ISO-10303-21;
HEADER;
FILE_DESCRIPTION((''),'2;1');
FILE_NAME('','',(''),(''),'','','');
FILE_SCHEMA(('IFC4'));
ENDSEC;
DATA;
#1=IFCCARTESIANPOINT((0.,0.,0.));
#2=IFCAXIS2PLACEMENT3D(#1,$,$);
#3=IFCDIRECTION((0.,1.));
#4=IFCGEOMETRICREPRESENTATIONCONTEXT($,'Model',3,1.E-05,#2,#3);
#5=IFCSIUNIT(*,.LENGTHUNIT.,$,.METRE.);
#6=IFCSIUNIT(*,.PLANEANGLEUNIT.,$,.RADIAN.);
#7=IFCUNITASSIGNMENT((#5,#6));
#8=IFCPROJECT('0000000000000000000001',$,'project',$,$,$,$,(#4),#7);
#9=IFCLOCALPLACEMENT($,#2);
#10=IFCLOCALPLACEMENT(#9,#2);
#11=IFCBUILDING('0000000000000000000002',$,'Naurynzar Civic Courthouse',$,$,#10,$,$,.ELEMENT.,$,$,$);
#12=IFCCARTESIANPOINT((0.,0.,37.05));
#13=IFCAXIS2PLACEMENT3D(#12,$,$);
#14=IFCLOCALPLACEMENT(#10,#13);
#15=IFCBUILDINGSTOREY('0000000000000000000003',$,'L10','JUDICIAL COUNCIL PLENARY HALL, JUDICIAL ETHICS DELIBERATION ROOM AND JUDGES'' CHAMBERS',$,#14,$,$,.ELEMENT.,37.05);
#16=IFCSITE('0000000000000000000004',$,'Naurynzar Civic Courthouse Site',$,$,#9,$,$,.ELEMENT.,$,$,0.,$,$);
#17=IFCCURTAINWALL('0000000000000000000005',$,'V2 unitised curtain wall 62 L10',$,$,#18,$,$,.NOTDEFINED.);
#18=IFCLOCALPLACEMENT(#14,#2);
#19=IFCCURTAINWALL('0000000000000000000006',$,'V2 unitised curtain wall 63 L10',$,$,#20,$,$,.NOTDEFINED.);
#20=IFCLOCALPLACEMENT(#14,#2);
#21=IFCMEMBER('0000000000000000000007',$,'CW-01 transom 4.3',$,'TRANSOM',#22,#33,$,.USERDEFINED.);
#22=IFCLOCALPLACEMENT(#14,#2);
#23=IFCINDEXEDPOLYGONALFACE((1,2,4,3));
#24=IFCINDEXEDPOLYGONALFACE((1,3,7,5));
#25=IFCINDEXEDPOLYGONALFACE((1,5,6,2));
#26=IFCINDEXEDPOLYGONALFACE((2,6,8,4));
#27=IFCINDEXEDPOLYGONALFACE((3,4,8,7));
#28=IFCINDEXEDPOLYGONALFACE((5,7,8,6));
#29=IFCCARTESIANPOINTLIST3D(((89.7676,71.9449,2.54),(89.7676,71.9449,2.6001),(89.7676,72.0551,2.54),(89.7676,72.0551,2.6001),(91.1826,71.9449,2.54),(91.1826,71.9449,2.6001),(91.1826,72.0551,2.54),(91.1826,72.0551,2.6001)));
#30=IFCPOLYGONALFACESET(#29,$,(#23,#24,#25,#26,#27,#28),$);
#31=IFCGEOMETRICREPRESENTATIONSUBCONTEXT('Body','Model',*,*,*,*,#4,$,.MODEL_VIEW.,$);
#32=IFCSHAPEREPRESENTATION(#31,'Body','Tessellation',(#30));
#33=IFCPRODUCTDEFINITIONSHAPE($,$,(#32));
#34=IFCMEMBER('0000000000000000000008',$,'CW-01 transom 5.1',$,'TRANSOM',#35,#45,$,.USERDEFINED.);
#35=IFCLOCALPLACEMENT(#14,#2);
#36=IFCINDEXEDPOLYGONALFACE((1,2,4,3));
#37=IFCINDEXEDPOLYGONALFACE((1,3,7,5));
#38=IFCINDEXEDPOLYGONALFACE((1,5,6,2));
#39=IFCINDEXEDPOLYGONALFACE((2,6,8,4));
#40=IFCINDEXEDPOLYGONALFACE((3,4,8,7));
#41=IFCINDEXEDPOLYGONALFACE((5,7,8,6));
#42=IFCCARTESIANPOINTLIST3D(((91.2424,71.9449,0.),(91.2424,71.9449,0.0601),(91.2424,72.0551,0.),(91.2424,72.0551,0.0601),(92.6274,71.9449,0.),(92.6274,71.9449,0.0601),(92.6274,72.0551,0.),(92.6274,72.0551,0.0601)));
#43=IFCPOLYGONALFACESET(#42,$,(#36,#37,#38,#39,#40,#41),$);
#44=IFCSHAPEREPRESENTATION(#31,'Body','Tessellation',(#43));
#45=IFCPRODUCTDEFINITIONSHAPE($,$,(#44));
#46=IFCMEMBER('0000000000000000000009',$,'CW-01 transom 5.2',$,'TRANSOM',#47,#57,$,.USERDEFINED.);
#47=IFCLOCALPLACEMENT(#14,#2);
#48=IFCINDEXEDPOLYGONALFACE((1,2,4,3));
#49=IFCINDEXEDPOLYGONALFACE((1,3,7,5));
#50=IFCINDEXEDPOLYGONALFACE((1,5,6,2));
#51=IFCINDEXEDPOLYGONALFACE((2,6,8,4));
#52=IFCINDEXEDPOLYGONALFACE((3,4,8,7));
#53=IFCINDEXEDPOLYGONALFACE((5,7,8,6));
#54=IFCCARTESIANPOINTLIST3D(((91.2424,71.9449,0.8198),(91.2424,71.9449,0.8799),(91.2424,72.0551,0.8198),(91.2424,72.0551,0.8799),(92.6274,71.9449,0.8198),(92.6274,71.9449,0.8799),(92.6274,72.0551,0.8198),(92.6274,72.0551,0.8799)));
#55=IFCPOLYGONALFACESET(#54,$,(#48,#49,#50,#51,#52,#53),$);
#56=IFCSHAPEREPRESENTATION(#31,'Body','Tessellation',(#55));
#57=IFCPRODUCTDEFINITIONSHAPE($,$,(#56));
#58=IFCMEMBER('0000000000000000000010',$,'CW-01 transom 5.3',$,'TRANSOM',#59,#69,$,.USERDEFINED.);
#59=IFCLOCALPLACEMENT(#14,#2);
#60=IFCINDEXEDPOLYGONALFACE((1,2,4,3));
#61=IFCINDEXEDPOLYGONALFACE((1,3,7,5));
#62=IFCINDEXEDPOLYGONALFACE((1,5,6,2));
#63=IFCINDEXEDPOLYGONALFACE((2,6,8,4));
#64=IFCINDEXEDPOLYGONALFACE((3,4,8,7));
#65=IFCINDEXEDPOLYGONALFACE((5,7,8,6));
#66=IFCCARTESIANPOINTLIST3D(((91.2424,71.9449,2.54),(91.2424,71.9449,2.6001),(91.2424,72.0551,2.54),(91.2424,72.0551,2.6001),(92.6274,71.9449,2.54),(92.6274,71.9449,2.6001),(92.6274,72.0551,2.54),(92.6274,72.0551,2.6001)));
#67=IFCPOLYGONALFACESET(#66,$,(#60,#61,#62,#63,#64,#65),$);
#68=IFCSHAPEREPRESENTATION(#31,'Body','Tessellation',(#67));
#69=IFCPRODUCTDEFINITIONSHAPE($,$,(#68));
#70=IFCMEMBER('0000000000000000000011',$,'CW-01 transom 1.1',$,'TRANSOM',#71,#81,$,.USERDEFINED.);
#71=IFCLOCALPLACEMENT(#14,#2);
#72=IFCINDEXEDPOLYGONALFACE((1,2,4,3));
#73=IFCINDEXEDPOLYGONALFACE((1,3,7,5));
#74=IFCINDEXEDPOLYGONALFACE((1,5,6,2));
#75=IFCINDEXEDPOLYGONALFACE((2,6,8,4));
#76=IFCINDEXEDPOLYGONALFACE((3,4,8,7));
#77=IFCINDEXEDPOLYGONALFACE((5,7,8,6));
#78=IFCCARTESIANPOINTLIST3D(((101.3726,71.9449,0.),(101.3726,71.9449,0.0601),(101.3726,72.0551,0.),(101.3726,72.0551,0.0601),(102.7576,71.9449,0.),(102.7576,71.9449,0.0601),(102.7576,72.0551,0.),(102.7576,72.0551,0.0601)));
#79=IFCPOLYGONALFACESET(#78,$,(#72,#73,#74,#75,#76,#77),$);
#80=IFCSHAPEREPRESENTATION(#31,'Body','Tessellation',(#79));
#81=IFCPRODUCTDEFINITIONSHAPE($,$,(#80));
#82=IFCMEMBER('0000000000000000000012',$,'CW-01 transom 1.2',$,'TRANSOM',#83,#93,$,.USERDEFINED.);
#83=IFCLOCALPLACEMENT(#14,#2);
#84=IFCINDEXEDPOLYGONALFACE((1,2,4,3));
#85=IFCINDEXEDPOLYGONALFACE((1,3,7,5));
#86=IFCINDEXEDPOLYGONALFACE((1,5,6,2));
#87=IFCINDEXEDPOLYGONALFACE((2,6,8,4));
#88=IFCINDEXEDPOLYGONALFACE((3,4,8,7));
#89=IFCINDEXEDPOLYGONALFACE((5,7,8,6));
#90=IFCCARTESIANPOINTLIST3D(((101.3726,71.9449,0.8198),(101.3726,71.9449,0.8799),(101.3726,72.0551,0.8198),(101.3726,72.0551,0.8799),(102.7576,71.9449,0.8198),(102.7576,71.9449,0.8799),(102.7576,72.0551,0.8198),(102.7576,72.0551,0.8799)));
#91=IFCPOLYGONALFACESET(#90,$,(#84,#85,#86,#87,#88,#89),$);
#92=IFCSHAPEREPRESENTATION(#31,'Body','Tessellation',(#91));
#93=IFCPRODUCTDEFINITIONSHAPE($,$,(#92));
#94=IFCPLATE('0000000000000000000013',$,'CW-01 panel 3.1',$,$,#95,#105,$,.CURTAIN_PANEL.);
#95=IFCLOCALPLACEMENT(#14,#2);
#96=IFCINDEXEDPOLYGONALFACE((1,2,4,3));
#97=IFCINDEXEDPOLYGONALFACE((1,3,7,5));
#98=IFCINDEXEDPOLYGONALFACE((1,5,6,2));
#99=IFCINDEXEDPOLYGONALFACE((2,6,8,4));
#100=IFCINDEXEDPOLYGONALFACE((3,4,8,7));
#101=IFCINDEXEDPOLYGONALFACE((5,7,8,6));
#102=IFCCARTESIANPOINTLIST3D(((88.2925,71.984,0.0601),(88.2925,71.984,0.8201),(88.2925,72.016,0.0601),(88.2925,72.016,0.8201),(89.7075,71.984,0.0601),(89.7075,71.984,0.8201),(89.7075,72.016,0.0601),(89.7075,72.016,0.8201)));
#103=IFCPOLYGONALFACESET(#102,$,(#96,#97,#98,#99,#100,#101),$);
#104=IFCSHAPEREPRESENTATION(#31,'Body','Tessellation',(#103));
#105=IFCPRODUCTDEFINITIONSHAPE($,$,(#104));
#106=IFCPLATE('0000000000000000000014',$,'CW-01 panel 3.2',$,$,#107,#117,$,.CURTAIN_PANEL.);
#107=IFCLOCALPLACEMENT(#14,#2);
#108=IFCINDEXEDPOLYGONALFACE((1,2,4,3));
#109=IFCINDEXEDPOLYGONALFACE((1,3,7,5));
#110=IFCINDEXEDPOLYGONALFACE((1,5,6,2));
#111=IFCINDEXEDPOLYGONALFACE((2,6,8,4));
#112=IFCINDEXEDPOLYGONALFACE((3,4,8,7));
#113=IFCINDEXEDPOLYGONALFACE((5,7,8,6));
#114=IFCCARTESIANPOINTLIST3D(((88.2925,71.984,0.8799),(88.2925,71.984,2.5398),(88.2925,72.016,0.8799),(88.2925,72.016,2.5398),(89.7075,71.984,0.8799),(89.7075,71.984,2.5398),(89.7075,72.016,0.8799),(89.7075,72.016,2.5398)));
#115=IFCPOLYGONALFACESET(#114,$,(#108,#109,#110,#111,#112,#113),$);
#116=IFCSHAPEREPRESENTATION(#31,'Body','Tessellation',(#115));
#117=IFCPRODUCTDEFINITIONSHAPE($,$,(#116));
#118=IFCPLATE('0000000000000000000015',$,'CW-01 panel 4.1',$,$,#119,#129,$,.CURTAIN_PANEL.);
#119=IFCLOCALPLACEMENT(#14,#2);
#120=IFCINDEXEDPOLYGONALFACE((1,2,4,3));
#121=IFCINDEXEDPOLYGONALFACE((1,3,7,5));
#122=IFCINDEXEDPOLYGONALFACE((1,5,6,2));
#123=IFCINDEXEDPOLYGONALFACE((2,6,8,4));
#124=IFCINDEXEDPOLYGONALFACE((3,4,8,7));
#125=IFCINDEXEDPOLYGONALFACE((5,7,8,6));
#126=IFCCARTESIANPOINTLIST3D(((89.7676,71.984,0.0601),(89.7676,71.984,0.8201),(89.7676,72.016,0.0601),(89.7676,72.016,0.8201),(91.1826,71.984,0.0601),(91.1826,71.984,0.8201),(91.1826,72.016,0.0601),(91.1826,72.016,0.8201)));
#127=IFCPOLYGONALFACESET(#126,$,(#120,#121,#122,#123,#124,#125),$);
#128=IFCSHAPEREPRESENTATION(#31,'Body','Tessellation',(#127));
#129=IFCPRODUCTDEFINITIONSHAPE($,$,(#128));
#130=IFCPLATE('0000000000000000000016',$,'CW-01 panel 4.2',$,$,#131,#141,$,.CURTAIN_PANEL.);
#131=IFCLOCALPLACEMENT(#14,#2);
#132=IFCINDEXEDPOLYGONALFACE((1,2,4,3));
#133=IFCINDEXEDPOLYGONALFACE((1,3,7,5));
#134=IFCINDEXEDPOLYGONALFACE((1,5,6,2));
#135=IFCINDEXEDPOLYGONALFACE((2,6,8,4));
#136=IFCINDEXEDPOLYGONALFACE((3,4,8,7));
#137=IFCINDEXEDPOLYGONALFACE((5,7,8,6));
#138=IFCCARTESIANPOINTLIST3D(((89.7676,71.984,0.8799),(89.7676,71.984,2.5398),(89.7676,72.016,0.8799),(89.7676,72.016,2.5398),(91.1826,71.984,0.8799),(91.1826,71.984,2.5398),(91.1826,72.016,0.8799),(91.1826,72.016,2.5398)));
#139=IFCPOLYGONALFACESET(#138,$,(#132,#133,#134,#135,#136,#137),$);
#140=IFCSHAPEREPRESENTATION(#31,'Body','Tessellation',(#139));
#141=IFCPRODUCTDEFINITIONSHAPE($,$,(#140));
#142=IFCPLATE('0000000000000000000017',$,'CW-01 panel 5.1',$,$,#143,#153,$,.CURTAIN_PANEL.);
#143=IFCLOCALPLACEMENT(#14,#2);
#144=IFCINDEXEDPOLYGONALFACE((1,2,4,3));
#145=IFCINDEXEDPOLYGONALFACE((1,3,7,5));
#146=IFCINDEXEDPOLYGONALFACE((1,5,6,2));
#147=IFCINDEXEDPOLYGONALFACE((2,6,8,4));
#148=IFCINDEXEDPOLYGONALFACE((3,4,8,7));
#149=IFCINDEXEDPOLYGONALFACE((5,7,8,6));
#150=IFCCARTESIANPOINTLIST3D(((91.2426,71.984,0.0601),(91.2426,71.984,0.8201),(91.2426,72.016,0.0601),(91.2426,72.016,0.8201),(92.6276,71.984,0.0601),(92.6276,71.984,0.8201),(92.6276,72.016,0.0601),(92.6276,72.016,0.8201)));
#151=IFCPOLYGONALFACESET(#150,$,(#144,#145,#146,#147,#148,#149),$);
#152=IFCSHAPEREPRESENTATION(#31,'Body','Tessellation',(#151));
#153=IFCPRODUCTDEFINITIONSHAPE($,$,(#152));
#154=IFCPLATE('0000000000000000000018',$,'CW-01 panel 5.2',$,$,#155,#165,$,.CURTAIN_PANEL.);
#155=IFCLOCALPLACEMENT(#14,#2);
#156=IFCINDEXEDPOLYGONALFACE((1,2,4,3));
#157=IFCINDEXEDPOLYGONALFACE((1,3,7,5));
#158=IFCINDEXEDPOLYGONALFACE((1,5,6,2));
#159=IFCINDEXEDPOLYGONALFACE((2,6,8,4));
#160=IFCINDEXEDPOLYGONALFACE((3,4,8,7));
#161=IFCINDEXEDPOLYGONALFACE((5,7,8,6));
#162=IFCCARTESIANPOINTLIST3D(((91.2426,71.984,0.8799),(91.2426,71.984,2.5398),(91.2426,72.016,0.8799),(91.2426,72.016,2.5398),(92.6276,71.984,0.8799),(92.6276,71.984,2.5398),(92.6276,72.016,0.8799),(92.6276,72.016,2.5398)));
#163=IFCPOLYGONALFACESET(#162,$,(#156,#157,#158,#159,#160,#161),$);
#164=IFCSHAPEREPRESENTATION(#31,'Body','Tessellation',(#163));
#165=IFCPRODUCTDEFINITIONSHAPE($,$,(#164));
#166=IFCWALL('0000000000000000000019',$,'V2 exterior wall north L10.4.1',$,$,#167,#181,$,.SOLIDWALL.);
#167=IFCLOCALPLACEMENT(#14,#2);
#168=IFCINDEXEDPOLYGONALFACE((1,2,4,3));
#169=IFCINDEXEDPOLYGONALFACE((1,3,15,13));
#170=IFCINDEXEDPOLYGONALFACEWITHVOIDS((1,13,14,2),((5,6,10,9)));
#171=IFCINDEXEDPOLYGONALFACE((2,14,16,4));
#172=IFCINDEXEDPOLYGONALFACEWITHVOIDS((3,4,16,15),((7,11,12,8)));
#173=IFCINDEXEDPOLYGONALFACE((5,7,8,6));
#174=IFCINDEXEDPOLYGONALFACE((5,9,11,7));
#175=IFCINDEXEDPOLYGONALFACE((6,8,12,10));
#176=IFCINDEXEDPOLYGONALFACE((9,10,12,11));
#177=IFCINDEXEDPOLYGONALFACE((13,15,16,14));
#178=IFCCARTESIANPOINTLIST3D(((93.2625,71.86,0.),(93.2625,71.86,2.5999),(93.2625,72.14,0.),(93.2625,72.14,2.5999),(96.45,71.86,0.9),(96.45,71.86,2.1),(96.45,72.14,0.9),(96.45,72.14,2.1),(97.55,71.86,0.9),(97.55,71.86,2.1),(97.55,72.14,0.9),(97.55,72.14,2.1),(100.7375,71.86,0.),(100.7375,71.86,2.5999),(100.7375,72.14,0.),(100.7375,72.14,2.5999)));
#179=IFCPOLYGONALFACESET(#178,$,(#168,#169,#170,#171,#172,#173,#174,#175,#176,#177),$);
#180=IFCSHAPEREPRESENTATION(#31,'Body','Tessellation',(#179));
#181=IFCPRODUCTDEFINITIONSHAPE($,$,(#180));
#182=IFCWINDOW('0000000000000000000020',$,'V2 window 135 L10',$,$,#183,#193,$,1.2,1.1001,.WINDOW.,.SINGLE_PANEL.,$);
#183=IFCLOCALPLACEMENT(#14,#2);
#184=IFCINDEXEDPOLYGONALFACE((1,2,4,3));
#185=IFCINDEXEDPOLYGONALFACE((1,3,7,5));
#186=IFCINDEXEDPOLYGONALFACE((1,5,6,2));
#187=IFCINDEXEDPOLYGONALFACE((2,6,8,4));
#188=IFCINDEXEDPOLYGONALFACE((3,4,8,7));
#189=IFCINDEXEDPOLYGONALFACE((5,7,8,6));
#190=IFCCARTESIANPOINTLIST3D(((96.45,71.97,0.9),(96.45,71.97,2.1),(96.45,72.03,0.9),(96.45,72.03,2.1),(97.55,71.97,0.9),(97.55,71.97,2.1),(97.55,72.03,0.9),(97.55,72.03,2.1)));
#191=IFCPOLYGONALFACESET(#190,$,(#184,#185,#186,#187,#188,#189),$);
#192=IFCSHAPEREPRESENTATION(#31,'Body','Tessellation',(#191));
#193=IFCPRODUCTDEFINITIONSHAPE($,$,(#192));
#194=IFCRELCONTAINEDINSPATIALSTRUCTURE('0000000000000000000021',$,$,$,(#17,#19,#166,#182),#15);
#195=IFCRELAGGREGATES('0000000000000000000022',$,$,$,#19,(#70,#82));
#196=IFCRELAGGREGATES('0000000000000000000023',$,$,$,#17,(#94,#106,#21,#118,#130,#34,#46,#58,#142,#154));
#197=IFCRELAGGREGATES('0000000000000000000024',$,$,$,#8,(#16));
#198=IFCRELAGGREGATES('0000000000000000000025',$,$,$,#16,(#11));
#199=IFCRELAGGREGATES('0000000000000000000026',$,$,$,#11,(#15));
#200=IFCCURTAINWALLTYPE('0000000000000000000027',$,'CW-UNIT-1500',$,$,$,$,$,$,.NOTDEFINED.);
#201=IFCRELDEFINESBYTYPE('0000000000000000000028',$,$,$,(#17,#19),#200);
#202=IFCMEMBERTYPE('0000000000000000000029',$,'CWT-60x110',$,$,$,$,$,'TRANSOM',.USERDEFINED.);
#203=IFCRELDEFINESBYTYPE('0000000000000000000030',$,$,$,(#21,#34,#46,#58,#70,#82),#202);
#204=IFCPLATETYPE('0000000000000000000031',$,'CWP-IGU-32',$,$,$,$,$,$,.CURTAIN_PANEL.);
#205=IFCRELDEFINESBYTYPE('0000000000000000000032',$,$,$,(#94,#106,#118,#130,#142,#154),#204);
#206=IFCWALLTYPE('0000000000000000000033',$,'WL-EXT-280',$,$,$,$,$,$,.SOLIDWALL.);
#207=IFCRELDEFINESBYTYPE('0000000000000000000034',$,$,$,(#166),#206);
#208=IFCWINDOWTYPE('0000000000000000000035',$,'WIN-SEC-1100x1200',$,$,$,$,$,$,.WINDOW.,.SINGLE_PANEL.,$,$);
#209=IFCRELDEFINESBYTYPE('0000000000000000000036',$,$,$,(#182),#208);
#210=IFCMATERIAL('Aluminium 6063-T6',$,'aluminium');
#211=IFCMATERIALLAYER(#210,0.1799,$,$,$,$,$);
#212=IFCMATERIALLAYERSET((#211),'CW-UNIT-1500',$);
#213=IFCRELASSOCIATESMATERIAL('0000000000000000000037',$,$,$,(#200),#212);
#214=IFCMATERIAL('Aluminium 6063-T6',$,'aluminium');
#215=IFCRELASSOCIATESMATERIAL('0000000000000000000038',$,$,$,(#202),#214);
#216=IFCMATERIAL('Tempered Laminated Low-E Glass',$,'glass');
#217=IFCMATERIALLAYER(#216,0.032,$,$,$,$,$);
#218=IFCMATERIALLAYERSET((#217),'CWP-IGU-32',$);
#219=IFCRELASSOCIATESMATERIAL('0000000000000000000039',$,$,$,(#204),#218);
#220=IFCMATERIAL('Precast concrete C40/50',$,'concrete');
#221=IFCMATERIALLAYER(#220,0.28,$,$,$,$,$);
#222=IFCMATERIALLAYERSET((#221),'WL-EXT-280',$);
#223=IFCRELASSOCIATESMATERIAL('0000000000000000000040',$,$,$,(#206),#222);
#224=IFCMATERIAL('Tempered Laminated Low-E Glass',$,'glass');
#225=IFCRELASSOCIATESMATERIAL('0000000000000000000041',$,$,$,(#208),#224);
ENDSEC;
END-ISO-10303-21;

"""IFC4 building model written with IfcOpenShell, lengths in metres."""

from ifc_helpers import new_model, si_unit, direction, frame, frame_2d, origin, origin_2d, place, context, subcontext, project, spatial, rectangle, extrude, material, layer, layer_set, material_profile, profile_set, type_object, element, fill, aggregate, save


model = new_model("IFC4")

# Units and contexts
model_context = context("Model", 3, precision=1e-05, world=origin(), true_north=direction((0.0, 1.0)))
body_context = subcontext(model_context, "Body", "Model", "MODEL_VIEW")
ifc_project = project(units=[si_unit("LENGTHUNIT", "METRE"), si_unit("PLANEANGLEUNIT", "RADIAN")], contexts=[model_context])

# Site, building, storey
site_placement = place(None, origin())
site = spatial("IfcSite", under=ifc_project, at=site_placement, Name="Naurynzar Civic Courthouse Site", CompositionType="ELEMENT", RefElevation=0.0)
building_placement = place(site_placement, origin())
building = spatial("IfcBuilding", under=site, at=building_placement, Name="Naurynzar Civic Courthouse", CompositionType="ELEMENT")
storey_placement = place(building_placement, frame((0.0, 0.0, 37.05)))
storey = spatial("IfcBuildingStorey", under=building, at=storey_placement, Name="L10", Description="JUDICIAL COUNCIL PLENARY HALL, JUDICIAL ETHICS DELIBERATION ROOM AND JUDGES' CHAMBERS", CompositionType="ELEMENT", Elevation=37.05)

# Curtain wall
ifc_material_1 = material(Name="Aluminium 6063-T6", Category="aluminium")
ifc_layer_1 = layer(ifc_material_1, 0.1799)
ifc_layer_set_1 = layer_set([ifc_layer_1], Name="CW-UNIT-1500")
curtain_wall_type = type_object("IfcCurtainWallType", Name="CW-UNIT-1500", PredefinedType="NOTDEFINED", material=ifc_layer_set_1)
curtain_wall_1_placement = place(storey_placement, origin())
curtain_wall_1 = element("IfcCurtainWall", 1, at=curtain_wall_1_placement, inside=storey, type_object=curtain_wall_type, Name="V2 unitised curtain wall 62 L10", PredefinedType="NOTDEFINED")

# Curtain wall
curtain_wall_2_placement = place(storey_placement, origin())
curtain_wall_2 = element("IfcCurtainWall", 2, at=curtain_wall_2_placement, inside=storey, type_object=curtain_wall_type, Name="V2 unitised curtain wall 63 L10", PredefinedType="NOTDEFINED")

# Members
ifc_material_2 = material(Name="Aluminium 6063-T6", Category="aluminium")
ifc_material_profile_1 = material_profile(ifc_material_2, rectangle(XDim=0.1101, YDim=0.0601, at=origin_2d()), Name="ALU TRANSOM 60x110")
ifc_profile_set_1 = profile_set([ifc_material_profile_1], Name="Aluminium 6063-T6")
member_type_1 = type_object("IfcMemberType", Name="CWT-60x110", ElementType="TRANSOM", PredefinedType="USERDEFINED", material=ifc_profile_set_1)
member_1_placement = place(storey_placement, frame((89.7676, 72.0, 2.5701), z_axis=(1.0, 0.0, 0.0), x_axis=(0.0, 1.0, 0.0)))
member_1 = element("IfcMember", 3, at=member_1_placement, type_object=member_type_1, Name="CW-01 transom 4.3", ObjectType="TRANSOM", PredefinedType="USERDEFINED", context=body_context, shape_type="SweptSolid", body=[
    extrude(rectangle(XDim=0.1101, YDim=0.0601, at=origin_2d()), origin(), (0.0, 0.0, 1.0), 1.415),
])
member_2_placement = place(storey_placement, frame((91.2424, 72.0, 0.03), z_axis=(1.0, 0.0, 0.0), x_axis=(0.0, 1.0, 0.0)))
member_2 = element("IfcMember", 4, at=member_2_placement, type_object=member_type_1, Name="CW-01 transom 5.1", ObjectType="TRANSOM", PredefinedType="USERDEFINED", context=body_context, shape_type="SweptSolid", body=[
    extrude(rectangle(XDim=0.1101, YDim=0.0601, at=origin_2d()), origin(), (0.0, 0.0, 1.0), 1.385),
])
member_3_placement = place(storey_placement, frame((91.2424, 72.0, 0.8499), z_axis=(1.0, 0.0, 0.0), x_axis=(0.0, 1.0, 0.0)))
member_3 = element("IfcMember", 5, at=member_3_placement, type_object=member_type_1, Name="CW-01 transom 5.2", ObjectType="TRANSOM", PredefinedType="USERDEFINED", context=body_context, shape_type="SweptSolid", body=[
    extrude(rectangle(XDim=0.1101, YDim=0.0601, at=origin_2d()), origin(), (0.0, 0.0, 1.0), 1.385),
])
member_4_placement = place(storey_placement, frame((91.2424, 72.0, 2.5701), z_axis=(1.0, 0.0, 0.0), x_axis=(0.0, 1.0, 0.0)))
member_4 = element("IfcMember", 6, at=member_4_placement, type_object=member_type_1, Name="CW-01 transom 5.3", ObjectType="TRANSOM", PredefinedType="USERDEFINED", context=body_context, shape_type="SweptSolid", body=[
    extrude(rectangle(XDim=0.1101, YDim=0.0601, at=origin_2d()), origin(), (0.0, 0.0, 1.0), 1.385),
])
member_5_placement = place(storey_placement, frame((101.3726, 72.0, 0.03), z_axis=(1.0, 0.0, 0.0), x_axis=(0.0, 1.0, 0.0)))
member_5 = element("IfcMember", 7, at=member_5_placement, type_object=member_type_1, Name="CW-01 transom 1.1", ObjectType="TRANSOM", PredefinedType="USERDEFINED", context=body_context, shape_type="SweptSolid", body=[
    extrude(rectangle(XDim=0.1101, YDim=0.0601, at=origin_2d()), origin(), (0.0, 0.0, 1.0), 1.385),
])
member_6_placement = place(storey_placement, frame((101.3726, 72.0, 0.8499), z_axis=(1.0, 0.0, 0.0), x_axis=(0.0, 1.0, 0.0)))
member_6 = element("IfcMember", 8, at=member_6_placement, type_object=member_type_1, Name="CW-01 transom 1.2", ObjectType="TRANSOM", PredefinedType="USERDEFINED", context=body_context, shape_type="SweptSolid", body=[
    extrude(rectangle(XDim=0.1101, YDim=0.0601, at=origin_2d()), origin(), (0.0, 0.0, 1.0), 1.385),
])
aggregate(curtain_wall_2, [member_5, member_6])

# Plates
ifc_material_3 = material(Name="Tempered Laminated Low-E Glass", Category="glass")
ifc_layer_2 = layer(ifc_material_3, 0.032)
ifc_layer_set_2 = layer_set([ifc_layer_2], Name="CWP-IGU-32")
plate_type = type_object("IfcPlateType", Name="CWP-IGU-32", PredefinedType="CURTAIN_PANEL", material=ifc_layer_set_2)
plate_1_placement = place(storey_placement, frame((89.0, 72.0, 0.0601), z_axis=(0.0, 0.0, 1.0), x_axis=(1.0, 0.0, 0.0)))
plate_1 = element("IfcPlate", 9, at=plate_1_placement, type_object=plate_type, Name="CW-01 panel 3.1", PredefinedType="CURTAIN_PANEL", context=body_context, shape_type="SweptSolid", body=[
    extrude(rectangle(XDim=1.415, YDim=0.032, at=origin_2d()), origin(), (0.0, 0.0, 1.0), 0.76),
])
plate_2_placement = place(storey_placement, frame((89.0, 72.0, 0.8799), z_axis=(0.0, 0.0, 1.0), x_axis=(1.0, 0.0, 0.0)))
plate_2 = element("IfcPlate", 10, at=plate_2_placement, type_object=plate_type, Name="CW-01 panel 3.2", PredefinedType="CURTAIN_PANEL", context=body_context, shape_type="SweptSolid", body=[
    extrude(rectangle(XDim=1.415, YDim=0.032, at=origin_2d()), origin(), (0.0, 0.0, 1.0), 1.6599),
])
plate_3_placement = place(storey_placement, frame((90.4751, 72.0, 0.0601), z_axis=(0.0, 0.0, 1.0), x_axis=(1.0, 0.0, 0.0)))
plate_3 = element("IfcPlate", 11, at=plate_3_placement, type_object=plate_type, Name="CW-01 panel 4.1", PredefinedType="CURTAIN_PANEL", context=body_context, shape_type="SweptSolid", body=[
    extrude(rectangle(XDim=1.415, YDim=0.032, at=origin_2d()), origin(), (0.0, 0.0, 1.0), 0.76),
])
plate_4_placement = place(storey_placement, frame((90.4751, 72.0, 0.8799), z_axis=(0.0, 0.0, 1.0), x_axis=(1.0, 0.0, 0.0)))
plate_4 = element("IfcPlate", 12, at=plate_4_placement, type_object=plate_type, Name="CW-01 panel 4.2", PredefinedType="CURTAIN_PANEL", context=body_context, shape_type="SweptSolid", body=[
    extrude(rectangle(XDim=1.415, YDim=0.032, at=origin_2d()), origin(), (0.0, 0.0, 1.0), 1.6599),
])
plate_5_placement = place(storey_placement, frame((91.9351, 72.0, 0.0601), z_axis=(0.0, 0.0, 1.0), x_axis=(1.0, 0.0, 0.0)))
plate_5 = element("IfcPlate", 13, at=plate_5_placement, type_object=plate_type, Name="CW-01 panel 5.1", PredefinedType="CURTAIN_PANEL", context=body_context, shape_type="SweptSolid", body=[
    extrude(rectangle(XDim=1.385, YDim=0.032, at=origin_2d()), origin(), (0.0, 0.0, 1.0), 0.76),
])
plate_6_placement = place(storey_placement, frame((91.9351, 72.0, 0.8799), z_axis=(0.0, 0.0, 1.0), x_axis=(1.0, 0.0, 0.0)))
plate_6 = element("IfcPlate", 14, at=plate_6_placement, type_object=plate_type, Name="CW-01 panel 5.2", PredefinedType="CURTAIN_PANEL", context=body_context, shape_type="SweptSolid", body=[
    extrude(rectangle(XDim=1.385, YDim=0.032, at=origin_2d()), origin(), (0.0, 0.0, 1.0), 1.6599),
])
aggregate(curtain_wall_1, [plate_1, plate_2, member_1, plate_3, plate_4, member_2, member_3, member_4, plate_5, plate_6])

# Wall, opening, window
ifc_material_4 = material(Name="Precast concrete C40/50", Category="concrete")
ifc_layer_3 = layer(ifc_material_4, 0.28)
ifc_layer_set_3 = layer_set([ifc_layer_3], Name="WL-EXT-280")
wall_type_1 = type_object("IfcWallType", Name="WL-EXT-280", PredefinedType="SOLIDWALL", material=ifc_layer_set_3)
wall_placement = place(storey_placement, frame((93.2625, 72.0, 0.0), z_axis=(0.0, 0.0, 1.0), x_axis=(1.0, 0.0, 0.0)))
wall = element("IfcWall", 15, at=wall_placement, inside=storey, type_object=wall_type_1, Name="V2 exterior wall north L10.4.1", PredefinedType="SOLIDWALL", context=body_context, shape_type="SweptSolid", body=[
    extrude(rectangle(XDim=7.4751, YDim=0.28, at=frame_2d((3.7375, 0.0))), origin(), (0.0, 0.0, 1.0), 2.5999),
])
opening_placement = place(wall_placement, frame((3.1875, 0.0, 0.8999)))
opening = element("IfcOpeningElement", 16, at=opening_placement, cuts=wall, PredefinedType="OPENING", context=body_context, shape_type="SweptSolid", body=[
    extrude(rectangle(XDim=1.1001, YDim=1.2, at=frame_2d((0.55, 0.6001))), frame((0.0, 0.1499, 0.0), z_axis=(0.0, -1.0, 0.0), x_axis=(1.0, 0.0, 0.0)), (0.0, 0.0, 1.0), 0.3),
])
ifc_material_5 = material(Name="Tempered Laminated Low-E Glass", Category="glass")
window_type = type_object("IfcWindowType", Name="WIN-SEC-1100x1200", PartitioningType="SINGLE_PANEL", PredefinedType="WINDOW", material=ifc_material_5)
window_placement = place(opening_placement, origin())
window = element("IfcWindow", 17, at=window_placement, inside=storey, type_object=window_type, Name="V2 window 135 L10", OverallHeight=1.2, OverallWidth=1.1001, PartitioningType="SINGLE_PANEL", PredefinedType="WINDOW", context=body_context, shape_type="SweptSolid", body=[
    extrude(rectangle(XDim=1.1001, YDim=1.2, at=frame_2d((0.55, 0.6001))), frame((0.0, 0.03, 0.0), z_axis=(0.0, -1.0, 0.0), x_axis=(1.0, 0.0, 0.0)), (0.0, 0.0, 1.0), 0.0601),
])
fill(opening, window)

save(model, "model.ifc")
